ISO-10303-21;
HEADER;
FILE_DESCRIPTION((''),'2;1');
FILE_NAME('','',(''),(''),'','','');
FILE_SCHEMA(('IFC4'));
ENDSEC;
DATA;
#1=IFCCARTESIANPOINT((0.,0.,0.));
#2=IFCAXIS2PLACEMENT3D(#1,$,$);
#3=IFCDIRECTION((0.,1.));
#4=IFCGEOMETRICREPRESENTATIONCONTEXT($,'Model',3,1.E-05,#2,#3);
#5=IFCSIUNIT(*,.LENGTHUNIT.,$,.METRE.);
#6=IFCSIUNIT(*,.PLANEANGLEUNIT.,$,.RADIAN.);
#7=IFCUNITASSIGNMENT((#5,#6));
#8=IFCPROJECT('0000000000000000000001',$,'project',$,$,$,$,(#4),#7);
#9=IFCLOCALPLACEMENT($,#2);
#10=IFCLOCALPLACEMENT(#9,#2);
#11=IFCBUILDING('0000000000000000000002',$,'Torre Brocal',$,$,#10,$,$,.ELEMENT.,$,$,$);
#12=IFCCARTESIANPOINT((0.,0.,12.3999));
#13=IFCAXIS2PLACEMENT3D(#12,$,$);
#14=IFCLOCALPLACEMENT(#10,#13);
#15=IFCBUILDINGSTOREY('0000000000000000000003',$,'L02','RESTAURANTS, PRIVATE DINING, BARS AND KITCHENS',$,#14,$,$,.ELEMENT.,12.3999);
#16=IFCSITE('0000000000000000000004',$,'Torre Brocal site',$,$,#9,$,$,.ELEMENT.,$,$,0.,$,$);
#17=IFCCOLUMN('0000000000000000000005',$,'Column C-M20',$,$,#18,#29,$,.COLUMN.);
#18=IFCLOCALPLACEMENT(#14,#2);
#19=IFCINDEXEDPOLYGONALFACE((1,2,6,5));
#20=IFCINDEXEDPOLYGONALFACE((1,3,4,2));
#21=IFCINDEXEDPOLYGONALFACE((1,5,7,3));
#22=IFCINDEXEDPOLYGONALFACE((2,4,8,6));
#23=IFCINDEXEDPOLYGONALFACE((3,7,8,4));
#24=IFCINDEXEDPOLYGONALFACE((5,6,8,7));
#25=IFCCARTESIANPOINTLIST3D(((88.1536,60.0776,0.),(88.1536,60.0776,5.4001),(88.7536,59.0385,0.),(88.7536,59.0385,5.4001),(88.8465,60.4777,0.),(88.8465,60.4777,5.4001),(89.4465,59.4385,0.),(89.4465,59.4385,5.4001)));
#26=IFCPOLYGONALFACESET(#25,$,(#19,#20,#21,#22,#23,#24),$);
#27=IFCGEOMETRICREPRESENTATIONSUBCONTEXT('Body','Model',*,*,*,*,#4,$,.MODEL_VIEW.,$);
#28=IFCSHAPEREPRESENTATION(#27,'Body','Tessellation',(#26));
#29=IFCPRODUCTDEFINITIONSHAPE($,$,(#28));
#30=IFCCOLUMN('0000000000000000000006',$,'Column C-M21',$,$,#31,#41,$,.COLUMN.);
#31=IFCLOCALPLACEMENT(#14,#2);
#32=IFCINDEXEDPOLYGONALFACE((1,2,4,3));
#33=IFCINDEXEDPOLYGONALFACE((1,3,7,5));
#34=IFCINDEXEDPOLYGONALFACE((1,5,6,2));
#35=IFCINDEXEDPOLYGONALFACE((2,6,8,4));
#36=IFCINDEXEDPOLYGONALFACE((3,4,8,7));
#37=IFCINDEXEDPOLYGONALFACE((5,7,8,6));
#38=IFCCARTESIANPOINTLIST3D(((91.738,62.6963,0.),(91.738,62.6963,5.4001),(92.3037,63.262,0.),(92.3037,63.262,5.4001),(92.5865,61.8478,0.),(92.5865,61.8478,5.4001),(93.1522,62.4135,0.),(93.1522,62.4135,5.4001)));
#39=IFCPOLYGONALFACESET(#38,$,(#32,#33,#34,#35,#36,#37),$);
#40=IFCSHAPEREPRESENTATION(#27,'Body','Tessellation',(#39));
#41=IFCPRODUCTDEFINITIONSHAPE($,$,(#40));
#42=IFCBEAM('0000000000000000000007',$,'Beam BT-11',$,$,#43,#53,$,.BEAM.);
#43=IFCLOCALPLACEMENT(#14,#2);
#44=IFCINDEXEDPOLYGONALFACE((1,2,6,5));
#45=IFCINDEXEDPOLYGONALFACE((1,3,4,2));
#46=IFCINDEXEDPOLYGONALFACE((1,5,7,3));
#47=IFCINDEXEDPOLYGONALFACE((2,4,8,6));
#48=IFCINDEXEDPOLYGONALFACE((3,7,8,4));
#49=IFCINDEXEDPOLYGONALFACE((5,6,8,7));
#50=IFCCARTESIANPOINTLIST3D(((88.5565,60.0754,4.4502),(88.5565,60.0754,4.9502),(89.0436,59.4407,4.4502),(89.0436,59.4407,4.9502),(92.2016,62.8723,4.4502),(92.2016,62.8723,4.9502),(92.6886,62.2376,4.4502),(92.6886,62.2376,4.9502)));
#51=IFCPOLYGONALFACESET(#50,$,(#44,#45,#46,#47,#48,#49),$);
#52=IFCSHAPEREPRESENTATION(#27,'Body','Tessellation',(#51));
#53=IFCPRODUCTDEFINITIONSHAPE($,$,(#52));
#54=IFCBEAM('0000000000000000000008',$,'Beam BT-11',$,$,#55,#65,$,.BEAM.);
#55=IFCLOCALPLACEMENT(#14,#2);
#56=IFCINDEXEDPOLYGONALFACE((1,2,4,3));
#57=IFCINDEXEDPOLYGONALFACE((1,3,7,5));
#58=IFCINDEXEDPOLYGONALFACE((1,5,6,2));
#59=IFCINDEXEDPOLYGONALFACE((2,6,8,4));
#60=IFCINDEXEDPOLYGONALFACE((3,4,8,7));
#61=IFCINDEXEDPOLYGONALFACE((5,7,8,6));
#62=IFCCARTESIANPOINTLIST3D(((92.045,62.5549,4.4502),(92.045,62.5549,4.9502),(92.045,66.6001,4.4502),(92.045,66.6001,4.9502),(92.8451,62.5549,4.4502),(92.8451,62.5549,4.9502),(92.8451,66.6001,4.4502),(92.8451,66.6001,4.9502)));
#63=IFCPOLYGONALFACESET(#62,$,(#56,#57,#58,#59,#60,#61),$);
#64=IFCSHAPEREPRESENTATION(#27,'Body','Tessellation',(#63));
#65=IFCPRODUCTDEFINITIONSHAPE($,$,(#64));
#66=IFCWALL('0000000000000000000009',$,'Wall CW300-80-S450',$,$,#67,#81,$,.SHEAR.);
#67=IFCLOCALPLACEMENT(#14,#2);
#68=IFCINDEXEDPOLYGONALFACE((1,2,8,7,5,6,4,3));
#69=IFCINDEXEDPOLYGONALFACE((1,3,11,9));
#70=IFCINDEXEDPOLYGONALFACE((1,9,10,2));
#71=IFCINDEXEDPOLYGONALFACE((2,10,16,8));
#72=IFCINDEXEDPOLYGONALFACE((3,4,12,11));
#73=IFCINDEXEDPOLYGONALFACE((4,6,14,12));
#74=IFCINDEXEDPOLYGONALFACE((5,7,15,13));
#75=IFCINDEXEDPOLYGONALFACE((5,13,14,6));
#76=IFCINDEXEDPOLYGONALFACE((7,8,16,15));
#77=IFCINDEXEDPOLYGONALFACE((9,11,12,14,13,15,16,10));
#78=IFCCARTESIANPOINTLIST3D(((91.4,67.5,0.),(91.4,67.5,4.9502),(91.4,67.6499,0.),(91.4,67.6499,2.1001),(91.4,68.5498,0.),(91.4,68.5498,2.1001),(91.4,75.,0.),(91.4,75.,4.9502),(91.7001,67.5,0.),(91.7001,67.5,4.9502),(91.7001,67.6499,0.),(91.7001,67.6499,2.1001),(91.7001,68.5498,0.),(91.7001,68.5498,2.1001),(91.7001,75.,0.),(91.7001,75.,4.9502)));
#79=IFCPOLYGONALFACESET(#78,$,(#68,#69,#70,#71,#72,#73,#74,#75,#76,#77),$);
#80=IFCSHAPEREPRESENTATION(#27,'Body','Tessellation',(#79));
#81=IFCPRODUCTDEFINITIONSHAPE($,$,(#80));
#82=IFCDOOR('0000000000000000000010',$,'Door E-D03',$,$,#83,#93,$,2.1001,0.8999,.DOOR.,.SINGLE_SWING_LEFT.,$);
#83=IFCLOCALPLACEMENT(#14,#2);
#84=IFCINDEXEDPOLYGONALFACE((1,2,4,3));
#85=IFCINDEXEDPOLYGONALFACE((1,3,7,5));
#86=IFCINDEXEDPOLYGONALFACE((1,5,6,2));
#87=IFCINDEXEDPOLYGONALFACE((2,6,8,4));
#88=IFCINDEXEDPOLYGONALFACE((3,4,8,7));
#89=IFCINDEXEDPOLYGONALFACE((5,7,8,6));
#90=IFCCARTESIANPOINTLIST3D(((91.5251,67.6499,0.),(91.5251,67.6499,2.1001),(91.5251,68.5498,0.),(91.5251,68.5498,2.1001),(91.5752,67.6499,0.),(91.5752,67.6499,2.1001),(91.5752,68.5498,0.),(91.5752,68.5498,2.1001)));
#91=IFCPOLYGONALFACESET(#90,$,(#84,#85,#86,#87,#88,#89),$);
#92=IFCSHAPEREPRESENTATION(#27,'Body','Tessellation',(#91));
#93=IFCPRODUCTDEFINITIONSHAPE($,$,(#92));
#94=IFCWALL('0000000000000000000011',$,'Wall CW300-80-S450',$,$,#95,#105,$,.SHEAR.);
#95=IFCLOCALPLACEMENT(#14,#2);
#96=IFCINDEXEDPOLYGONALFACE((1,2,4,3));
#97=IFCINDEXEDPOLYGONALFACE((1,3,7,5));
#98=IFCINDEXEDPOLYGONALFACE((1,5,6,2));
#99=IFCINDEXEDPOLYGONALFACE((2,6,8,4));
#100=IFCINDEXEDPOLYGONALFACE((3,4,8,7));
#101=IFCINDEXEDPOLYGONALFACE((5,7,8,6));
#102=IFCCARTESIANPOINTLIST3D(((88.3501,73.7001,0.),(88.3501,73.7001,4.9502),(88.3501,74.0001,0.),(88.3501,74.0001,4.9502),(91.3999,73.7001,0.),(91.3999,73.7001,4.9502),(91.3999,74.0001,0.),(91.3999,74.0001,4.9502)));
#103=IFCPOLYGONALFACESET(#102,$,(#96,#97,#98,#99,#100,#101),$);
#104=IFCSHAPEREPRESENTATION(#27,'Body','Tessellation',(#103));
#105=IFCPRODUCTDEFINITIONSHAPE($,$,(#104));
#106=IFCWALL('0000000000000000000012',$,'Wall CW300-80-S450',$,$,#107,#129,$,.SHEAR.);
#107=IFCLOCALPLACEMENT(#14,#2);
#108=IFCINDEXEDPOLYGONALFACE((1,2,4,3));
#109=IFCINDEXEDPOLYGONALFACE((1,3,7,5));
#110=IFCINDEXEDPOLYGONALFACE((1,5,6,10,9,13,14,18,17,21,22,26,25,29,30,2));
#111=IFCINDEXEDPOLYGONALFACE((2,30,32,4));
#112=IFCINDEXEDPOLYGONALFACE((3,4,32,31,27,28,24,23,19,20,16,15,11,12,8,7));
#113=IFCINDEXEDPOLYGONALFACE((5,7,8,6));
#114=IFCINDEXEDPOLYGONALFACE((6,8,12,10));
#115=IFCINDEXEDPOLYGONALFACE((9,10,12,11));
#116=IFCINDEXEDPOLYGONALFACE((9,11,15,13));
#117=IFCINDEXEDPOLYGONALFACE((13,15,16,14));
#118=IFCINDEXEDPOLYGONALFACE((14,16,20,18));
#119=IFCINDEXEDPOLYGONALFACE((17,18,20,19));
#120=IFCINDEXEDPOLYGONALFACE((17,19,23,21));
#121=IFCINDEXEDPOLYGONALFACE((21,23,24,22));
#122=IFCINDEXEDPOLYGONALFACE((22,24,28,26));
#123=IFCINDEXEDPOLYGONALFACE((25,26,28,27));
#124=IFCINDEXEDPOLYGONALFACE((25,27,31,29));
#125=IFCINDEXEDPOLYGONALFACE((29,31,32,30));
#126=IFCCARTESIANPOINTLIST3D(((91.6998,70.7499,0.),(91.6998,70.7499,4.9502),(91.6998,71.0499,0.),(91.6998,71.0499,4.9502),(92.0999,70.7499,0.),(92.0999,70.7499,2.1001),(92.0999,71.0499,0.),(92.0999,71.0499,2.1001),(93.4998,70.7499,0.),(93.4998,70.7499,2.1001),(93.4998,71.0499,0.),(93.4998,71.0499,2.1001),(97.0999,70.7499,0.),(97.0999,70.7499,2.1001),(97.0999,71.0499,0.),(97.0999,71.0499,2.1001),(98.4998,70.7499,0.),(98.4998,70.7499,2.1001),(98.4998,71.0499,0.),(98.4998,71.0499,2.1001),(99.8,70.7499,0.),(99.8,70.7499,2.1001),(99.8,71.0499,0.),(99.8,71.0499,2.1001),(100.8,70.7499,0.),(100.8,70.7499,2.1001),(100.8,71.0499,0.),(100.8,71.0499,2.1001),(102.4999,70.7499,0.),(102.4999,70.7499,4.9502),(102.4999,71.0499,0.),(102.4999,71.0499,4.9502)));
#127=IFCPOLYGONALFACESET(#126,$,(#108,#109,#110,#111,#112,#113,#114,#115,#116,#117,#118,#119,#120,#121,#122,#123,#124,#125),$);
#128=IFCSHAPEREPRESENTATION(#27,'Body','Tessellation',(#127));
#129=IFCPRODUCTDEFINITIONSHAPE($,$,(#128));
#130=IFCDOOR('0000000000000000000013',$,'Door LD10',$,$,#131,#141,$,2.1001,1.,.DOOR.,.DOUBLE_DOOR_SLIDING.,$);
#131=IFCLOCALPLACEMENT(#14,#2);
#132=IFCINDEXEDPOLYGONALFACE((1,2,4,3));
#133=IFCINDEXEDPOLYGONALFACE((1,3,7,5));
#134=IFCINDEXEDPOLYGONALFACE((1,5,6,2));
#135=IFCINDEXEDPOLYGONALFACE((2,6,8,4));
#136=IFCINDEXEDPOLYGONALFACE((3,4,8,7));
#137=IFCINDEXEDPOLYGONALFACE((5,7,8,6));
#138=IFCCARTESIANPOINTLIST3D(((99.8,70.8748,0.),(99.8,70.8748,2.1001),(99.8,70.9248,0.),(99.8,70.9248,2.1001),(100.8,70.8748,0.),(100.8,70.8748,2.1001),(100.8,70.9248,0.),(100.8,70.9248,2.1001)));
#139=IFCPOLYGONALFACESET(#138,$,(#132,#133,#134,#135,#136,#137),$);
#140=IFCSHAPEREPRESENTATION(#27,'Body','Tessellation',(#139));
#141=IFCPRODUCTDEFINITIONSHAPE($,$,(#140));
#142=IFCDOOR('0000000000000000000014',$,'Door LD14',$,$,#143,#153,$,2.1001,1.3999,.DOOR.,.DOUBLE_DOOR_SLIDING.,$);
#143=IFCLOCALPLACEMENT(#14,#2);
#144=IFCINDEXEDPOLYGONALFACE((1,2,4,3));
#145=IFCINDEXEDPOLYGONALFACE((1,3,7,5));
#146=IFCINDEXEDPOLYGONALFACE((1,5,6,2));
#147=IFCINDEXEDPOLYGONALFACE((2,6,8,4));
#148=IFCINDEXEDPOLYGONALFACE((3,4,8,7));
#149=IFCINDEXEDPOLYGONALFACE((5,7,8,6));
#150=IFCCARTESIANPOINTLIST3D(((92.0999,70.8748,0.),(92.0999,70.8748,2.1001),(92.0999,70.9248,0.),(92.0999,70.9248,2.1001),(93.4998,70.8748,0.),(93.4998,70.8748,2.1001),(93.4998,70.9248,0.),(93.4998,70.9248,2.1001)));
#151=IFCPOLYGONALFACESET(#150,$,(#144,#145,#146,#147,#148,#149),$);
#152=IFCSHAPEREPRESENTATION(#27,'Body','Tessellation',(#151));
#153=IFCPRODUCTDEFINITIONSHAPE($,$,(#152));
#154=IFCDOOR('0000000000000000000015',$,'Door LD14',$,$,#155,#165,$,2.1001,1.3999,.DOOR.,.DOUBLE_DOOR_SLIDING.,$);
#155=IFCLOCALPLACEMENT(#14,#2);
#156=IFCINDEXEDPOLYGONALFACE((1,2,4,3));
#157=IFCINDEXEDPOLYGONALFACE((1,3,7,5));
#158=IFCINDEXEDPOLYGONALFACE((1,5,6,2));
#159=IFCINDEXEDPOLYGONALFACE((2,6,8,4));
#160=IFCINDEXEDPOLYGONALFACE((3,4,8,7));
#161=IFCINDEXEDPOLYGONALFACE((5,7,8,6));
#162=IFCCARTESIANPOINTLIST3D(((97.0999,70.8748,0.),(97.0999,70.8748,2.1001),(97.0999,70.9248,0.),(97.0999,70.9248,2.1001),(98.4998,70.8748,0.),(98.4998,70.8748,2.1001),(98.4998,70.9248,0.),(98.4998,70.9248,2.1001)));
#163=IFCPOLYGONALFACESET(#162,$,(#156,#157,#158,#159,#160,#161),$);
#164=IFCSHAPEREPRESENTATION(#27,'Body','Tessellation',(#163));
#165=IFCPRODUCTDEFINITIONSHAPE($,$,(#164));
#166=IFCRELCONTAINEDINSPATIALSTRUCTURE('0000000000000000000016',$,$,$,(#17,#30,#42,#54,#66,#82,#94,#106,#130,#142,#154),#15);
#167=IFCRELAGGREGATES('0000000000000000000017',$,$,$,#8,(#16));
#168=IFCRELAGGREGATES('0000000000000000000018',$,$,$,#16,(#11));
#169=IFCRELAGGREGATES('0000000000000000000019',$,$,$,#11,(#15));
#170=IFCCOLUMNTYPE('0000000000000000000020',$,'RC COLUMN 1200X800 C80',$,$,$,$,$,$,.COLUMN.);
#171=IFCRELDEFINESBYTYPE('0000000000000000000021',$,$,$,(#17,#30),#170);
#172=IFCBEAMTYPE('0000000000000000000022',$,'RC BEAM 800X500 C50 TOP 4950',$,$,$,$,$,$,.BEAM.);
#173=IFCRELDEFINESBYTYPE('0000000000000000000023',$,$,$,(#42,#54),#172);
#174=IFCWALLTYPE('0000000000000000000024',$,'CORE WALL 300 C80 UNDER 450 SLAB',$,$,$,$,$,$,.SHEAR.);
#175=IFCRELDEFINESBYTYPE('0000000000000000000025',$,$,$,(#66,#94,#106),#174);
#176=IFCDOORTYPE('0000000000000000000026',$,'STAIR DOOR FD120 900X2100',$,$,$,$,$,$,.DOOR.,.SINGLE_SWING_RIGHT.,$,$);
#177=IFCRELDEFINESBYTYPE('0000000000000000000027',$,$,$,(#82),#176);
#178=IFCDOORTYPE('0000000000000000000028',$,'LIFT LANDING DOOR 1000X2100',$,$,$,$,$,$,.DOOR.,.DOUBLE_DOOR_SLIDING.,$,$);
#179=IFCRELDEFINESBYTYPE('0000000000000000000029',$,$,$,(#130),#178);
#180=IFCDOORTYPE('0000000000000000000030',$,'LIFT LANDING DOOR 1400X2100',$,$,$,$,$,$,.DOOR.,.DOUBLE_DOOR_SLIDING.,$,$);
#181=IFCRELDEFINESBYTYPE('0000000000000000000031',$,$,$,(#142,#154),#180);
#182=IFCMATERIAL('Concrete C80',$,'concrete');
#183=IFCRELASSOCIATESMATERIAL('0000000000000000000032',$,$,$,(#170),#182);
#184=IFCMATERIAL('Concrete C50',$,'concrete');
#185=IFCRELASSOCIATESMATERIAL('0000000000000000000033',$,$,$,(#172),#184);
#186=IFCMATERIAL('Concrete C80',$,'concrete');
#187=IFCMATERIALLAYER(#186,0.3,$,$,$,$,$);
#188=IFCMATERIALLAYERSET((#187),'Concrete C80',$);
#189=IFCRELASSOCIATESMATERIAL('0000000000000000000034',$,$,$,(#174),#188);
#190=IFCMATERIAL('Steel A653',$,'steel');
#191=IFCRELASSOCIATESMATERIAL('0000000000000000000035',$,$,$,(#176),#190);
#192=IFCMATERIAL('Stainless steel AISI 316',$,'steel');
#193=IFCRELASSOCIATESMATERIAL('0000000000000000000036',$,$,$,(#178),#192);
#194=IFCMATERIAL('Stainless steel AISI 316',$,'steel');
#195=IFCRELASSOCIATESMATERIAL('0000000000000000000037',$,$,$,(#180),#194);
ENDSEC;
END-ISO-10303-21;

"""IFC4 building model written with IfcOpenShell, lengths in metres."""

from ifc_helpers import new_model, si_unit, direction, frame, frame_2d, origin, origin_2d, place, context, subcontext, project, spatial, rectangle, extrude, material, layer, layer_set, material_profile, profile_set, type_object, element, fill, save


model = new_model("IFC4")

# Units and contexts
model_context = context("Model", 3, precision=1e-05, world=origin(), true_north=direction((0.0, 1.0)))
body_context = subcontext(model_context, "Body", "Model", "MODEL_VIEW")
ifc_project = project(units=[si_unit("LENGTHUNIT", "METRE"), si_unit("PLANEANGLEUNIT", "RADIAN")], contexts=[model_context])

# Site, building, storey
site_placement = place(None, origin())
site = spatial("IfcSite", under=ifc_project, at=site_placement, Name="Torre Brocal site", CompositionType="ELEMENT", RefElevation=0.0)
building_placement = place(site_placement, origin())
building = spatial("IfcBuilding", under=site, at=building_placement, Name="Torre Brocal", CompositionType="ELEMENT")
storey_placement = place(building_placement, frame((0.0, 0.0, 12.3999)))
storey = spatial("IfcBuildingStorey", under=building, at=storey_placement, Name="L02", Description="RESTAURANTS, PRIVATE DINING, BARS AND KITCHENS", CompositionType="ELEMENT", Elevation=12.3999)

# Columns
ifc_material_1 = material(Name="Concrete C80", Category="concrete")
ifc_material_profile_1 = material_profile(ifc_material_1, rectangle(XDim=1.2, YDim=0.8, at=origin_2d()), Name="RC 1200X800")
ifc_profile_set_1 = profile_set([ifc_material_profile_1], Name="Concrete C80")
column_type = type_object("IfcColumnType", Name="RC COLUMN 1200X800 C80", PredefinedType="COLUMN", material=ifc_profile_set_1)
for number, where, z_axis, x_axis, name in (
    (1, (88.8, 59.7581, 0.0), (0.0, 0.0, 1.0), (0.5, -0.866025, 0.0), "Column C-M20"),
    (2, (92.4451, 62.5549, 0.0), (0.0, 0.0, 1.0), (0.707107, -0.707107, 0.0), "Column C-M21"),
):
    element("IfcColumn", number, at=place(storey_placement, frame(where, z_axis=z_axis, x_axis=x_axis)), inside=storey, type_object=column_type, Name=name, PredefinedType="COLUMN", context=body_context, shape_type="SweptSolid", body=[
        extrude(rectangle(XDim=1.2, YDim=0.8, at=origin_2d()), origin(), (0.0, 0.0, 1.0), 5.4001),
    ])

# Beams
ifc_material_2 = material(Name="Concrete C50", Category="concrete")
ifc_material_profile_2 = material_profile(ifc_material_2, rectangle(XDim=0.8, YDim=0.5, at=origin_2d()), Name="RC 800X500")
ifc_profile_set_2 = profile_set([ifc_material_profile_2], Name="Concrete C50")
beam_type = type_object("IfcBeamType", Name="RC BEAM 800X500 C50 TOP 4950", PredefinedType="BEAM", material=ifc_profile_set_2)
beam_1_placement = place(storey_placement, frame((88.8, 59.7581, 4.7002), z_axis=(0.793358, 0.608755, 0.0), x_axis=(-0.608755, 0.793358, 0.0)))
element("IfcBeam", 3, at=beam_1_placement, inside=storey, type_object=beam_type, Name="Beam BT-11", PredefinedType="BEAM", context=body_context, shape_type="SweptSolid", body=[
    extrude(rectangle(XDim=0.8, YDim=0.5, at=origin_2d()), origin(), (0.0, 0.0, 1.0), 4.5945),
])
beam_2_placement = place(storey_placement, frame((92.4451, 62.5549, 4.7002), z_axis=(0.0, 1.0, 0.0), x_axis=(-1.0, 0.0, 0.0)))
element("IfcBeam", 4, at=beam_2_placement, inside=storey, type_object=beam_type, Name="Beam BT-11", PredefinedType="BEAM", context=body_context, shape_type="SweptSolid", body=[
    extrude(rectangle(XDim=0.8, YDim=0.5, at=origin_2d()), origin(), (0.0, 0.0, 1.0), 4.0452),
])

# Wall, opening, door
ifc_material_3 = material(Name="Concrete C80", Category="concrete")
ifc_layer_1 = layer(ifc_material_3, 0.3)
ifc_layer_set_1 = layer_set([ifc_layer_1], Name="Concrete C80")
wall_type_1 = type_object("IfcWallType", Name="CORE WALL 300 C80 UNDER 450 SLAB", PredefinedType="SHEAR", material=ifc_layer_set_1)
wall_1_placement = place(storey_placement, frame((91.55, 67.5, 0.0), z_axis=(0.0, 0.0, 1.0), x_axis=(0.0, 1.0, 0.0)))
wall_1 = element("IfcWall", 5, at=wall_1_placement, inside=storey, type_object=wall_type_1, Name="Wall CW300-80-S450", PredefinedType="SHEAR", context=body_context, shape_type="SweptSolid", body=[
    extrude(rectangle(XDim=7.5, YDim=0.3, at=frame_2d((3.75, 0.0))), origin(), (0.0, 0.0, 1.0), 4.9502),
])
opening_1_placement = place(wall_1_placement, frame((0.1499, 0.0, 0.0)))
opening_1 = element("IfcOpeningElement", 6, at=opening_1_placement, cuts=wall_1, PredefinedType="OPENING", context=body_context, shape_type="SweptSolid", body=[
    extrude(rectangle(XDim=0.8999, YDim=2.1001, at=frame_2d((0.45, 1.05))), frame((0.0, 0.1599, 0.0), z_axis=(0.0, -1.0, 0.0), x_axis=(1.0, 0.0, 0.0)), (0.0, 0.0, 1.0), 0.3201),
])
ifc_material_4 = material(Name="Steel A653", Category="steel")
door_type_1 = type_object("IfcDoorType", Name="STAIR DOOR FD120 900X2100", OperationType="SINGLE_SWING_RIGHT", PredefinedType="DOOR", material=ifc_material_4)
door_1_placement = place(opening_1_placement, origin())
door_1 = element("IfcDoor", 7, at=door_1_placement, inside=storey, type_object=door_type_1, Name="Door E-D03", OperationType="SINGLE_SWING_LEFT", OverallHeight=2.1001, OverallWidth=0.8999, PredefinedType="DOOR", context=body_context, shape_type="SweptSolid", body=[
    extrude(rectangle(XDim=0.8999, YDim=2.1001, at=frame_2d((0.45, 1.05))), frame((0.0, 0.0249, 0.0), z_axis=(0.0, -1.0, 0.0), x_axis=(1.0, 0.0, 0.0)), (0.0, 0.0, 1.0), 0.05),
])
fill(opening_1, door_1)

# Wall
wall_2_placement = place(storey_placement, frame((88.3501, 73.8501, 0.0), z_axis=(0.0, 0.0, 1.0), x_axis=(1.0, 0.0, 0.0)))
element("IfcWall", 8, at=wall_2_placement, inside=storey, type_object=wall_type_1, Name="Wall CW300-80-S450", PredefinedType="SHEAR", context=body_context, shape_type="SweptSolid", body=[
    extrude(rectangle(XDim=3.0498, YDim=0.3, at=frame_2d((1.5249, 0.0))), origin(), (0.0, 0.0, 1.0), 4.9502),
])

# Wall, openings, doors
wall_3_placement = place(storey_placement, frame((91.7, 70.8999, 0.0), z_axis=(0.0, 0.0, 1.0), x_axis=(1.0, 0.0, 0.0)))
wall_3 = element("IfcWall", 9, at=wall_3_placement, inside=storey, type_object=wall_type_1, Name="Wall CW300-80-S450", PredefinedType="SHEAR", context=body_context, shape_type="SweptSolid", body=[
    extrude(rectangle(XDim=10.8, YDim=0.3, at=frame_2d((5.3999, 0.0))), origin(), (0.0, 0.0, 1.0), 4.9502),
])
opening_2_placement = place(wall_3_placement, frame((0.3999, 0.0, 0.0)))
opening_2 = element("IfcOpeningElement", 10, at=opening_2_placement, cuts=wall_3, PredefinedType="OPENING", context=body_context, shape_type="SweptSolid", body=[
    extrude(rectangle(XDim=1.3999, YDim=2.1001, at=frame_2d((0.7, 1.05))), frame((0.0, 0.1599, 0.0), z_axis=(0.0, -1.0, 0.0), x_axis=(1.0, 0.0, 0.0)), (0.0, 0.0, 1.0), 0.3201),
])
opening_3_placement = place(wall_3_placement, frame((5.3999, 0.0, 0.0)))
opening_3 = element("IfcOpeningElement", 11, at=opening_3_placement, cuts=wall_3, PredefinedType="OPENING", context=body_context, shape_type="SweptSolid", body=[
    extrude(rectangle(XDim=1.3999, YDim=2.1001, at=frame_2d((0.7, 1.05))), frame((0.0, 0.1599, 0.0), z_axis=(0.0, -1.0, 0.0), x_axis=(1.0, 0.0, 0.0)), (0.0, 0.0, 1.0), 0.3201),
])
opening_4_placement = place(wall_3_placement, frame((8.1001, 0.0, 0.0)))
opening_4 = element("IfcOpeningElement", 12, at=opening_4_placement, cuts=wall_3, PredefinedType="OPENING", context=body_context, shape_type="SweptSolid", body=[
    extrude(rectangle(XDim=1.0, YDim=2.1001, at=frame_2d((0.5, 1.05))), frame((0.0, 0.1599, 0.0), z_axis=(0.0, -1.0, 0.0), x_axis=(1.0, 0.0, 0.0)), (0.0, 0.0, 1.0), 0.3201),
])
ifc_material_5 = material(Name="Stainless steel AISI 316", Category="steel")
door_type_2 = type_object("IfcDoorType", Name="LIFT LANDING DOOR 1000X2100", OperationType="DOUBLE_DOOR_SLIDING", PredefinedType="DOOR", material=ifc_material_5)
door_2_placement = place(opening_4_placement, origin())
door_2 = element("IfcDoor", 13, at=door_2_placement, inside=storey, type_object=door_type_2, Name="Door LD10", OperationType="DOUBLE_DOOR_SLIDING", OverallHeight=2.1001, OverallWidth=1.0, PredefinedType="DOOR", context=body_context, shape_type="SweptSolid", body=[
    extrude(rectangle(XDim=1.0, YDim=2.1001, at=frame_2d((0.5, 1.05))), frame((0.0, 0.0249, 0.0), z_axis=(0.0, -1.0, 0.0), x_axis=(1.0, 0.0, 0.0)), (0.0, 0.0, 1.0), 0.05),
])
fill(opening_4, door_2)
ifc_material_6 = material(Name="Stainless steel AISI 316", Category="steel")
door_type_3 = type_object("IfcDoorType", Name="LIFT LANDING DOOR 1400X2100", OperationType="DOUBLE_DOOR_SLIDING", PredefinedType="DOOR", material=ifc_material_6)
door_3_placement = place(opening_2_placement, origin())
door_3 = element("IfcDoor", 14, at=door_3_placement, inside=storey, type_object=door_type_3, Name="Door LD14", OperationType="DOUBLE_DOOR_SLIDING", OverallHeight=2.1001, OverallWidth=1.3999, PredefinedType="DOOR", context=body_context, shape_type="SweptSolid", body=[
    extrude(rectangle(XDim=1.3999, YDim=2.1001, at=frame_2d((0.7, 1.05))), frame((0.0, 0.0249, 0.0), z_axis=(0.0, -1.0, 0.0), x_axis=(1.0, 0.0, 0.0)), (0.0, 0.0, 1.0), 0.05),
])
fill(opening_2, door_3)
door_4_placement = place(opening_3_placement, origin())
door_4 = element("IfcDoor", 15, at=door_4_placement, inside=storey, type_object=door_type_3, Name="Door LD14", OperationType="DOUBLE_DOOR_SLIDING", OverallHeight=2.1001, OverallWidth=1.3999, PredefinedType="DOOR", context=body_context, shape_type="SweptSolid", body=[
    extrude(rectangle(XDim=1.3999, YDim=2.1001, at=frame_2d((0.7, 1.05))), frame((0.0, 0.0249, 0.0), z_axis=(0.0, -1.0, 0.0), x_axis=(1.0, 0.0, 0.0)), (0.0, 0.0, 1.0), 0.05),
])
fill(opening_3, door_4)

save(model, "model.ifc")
